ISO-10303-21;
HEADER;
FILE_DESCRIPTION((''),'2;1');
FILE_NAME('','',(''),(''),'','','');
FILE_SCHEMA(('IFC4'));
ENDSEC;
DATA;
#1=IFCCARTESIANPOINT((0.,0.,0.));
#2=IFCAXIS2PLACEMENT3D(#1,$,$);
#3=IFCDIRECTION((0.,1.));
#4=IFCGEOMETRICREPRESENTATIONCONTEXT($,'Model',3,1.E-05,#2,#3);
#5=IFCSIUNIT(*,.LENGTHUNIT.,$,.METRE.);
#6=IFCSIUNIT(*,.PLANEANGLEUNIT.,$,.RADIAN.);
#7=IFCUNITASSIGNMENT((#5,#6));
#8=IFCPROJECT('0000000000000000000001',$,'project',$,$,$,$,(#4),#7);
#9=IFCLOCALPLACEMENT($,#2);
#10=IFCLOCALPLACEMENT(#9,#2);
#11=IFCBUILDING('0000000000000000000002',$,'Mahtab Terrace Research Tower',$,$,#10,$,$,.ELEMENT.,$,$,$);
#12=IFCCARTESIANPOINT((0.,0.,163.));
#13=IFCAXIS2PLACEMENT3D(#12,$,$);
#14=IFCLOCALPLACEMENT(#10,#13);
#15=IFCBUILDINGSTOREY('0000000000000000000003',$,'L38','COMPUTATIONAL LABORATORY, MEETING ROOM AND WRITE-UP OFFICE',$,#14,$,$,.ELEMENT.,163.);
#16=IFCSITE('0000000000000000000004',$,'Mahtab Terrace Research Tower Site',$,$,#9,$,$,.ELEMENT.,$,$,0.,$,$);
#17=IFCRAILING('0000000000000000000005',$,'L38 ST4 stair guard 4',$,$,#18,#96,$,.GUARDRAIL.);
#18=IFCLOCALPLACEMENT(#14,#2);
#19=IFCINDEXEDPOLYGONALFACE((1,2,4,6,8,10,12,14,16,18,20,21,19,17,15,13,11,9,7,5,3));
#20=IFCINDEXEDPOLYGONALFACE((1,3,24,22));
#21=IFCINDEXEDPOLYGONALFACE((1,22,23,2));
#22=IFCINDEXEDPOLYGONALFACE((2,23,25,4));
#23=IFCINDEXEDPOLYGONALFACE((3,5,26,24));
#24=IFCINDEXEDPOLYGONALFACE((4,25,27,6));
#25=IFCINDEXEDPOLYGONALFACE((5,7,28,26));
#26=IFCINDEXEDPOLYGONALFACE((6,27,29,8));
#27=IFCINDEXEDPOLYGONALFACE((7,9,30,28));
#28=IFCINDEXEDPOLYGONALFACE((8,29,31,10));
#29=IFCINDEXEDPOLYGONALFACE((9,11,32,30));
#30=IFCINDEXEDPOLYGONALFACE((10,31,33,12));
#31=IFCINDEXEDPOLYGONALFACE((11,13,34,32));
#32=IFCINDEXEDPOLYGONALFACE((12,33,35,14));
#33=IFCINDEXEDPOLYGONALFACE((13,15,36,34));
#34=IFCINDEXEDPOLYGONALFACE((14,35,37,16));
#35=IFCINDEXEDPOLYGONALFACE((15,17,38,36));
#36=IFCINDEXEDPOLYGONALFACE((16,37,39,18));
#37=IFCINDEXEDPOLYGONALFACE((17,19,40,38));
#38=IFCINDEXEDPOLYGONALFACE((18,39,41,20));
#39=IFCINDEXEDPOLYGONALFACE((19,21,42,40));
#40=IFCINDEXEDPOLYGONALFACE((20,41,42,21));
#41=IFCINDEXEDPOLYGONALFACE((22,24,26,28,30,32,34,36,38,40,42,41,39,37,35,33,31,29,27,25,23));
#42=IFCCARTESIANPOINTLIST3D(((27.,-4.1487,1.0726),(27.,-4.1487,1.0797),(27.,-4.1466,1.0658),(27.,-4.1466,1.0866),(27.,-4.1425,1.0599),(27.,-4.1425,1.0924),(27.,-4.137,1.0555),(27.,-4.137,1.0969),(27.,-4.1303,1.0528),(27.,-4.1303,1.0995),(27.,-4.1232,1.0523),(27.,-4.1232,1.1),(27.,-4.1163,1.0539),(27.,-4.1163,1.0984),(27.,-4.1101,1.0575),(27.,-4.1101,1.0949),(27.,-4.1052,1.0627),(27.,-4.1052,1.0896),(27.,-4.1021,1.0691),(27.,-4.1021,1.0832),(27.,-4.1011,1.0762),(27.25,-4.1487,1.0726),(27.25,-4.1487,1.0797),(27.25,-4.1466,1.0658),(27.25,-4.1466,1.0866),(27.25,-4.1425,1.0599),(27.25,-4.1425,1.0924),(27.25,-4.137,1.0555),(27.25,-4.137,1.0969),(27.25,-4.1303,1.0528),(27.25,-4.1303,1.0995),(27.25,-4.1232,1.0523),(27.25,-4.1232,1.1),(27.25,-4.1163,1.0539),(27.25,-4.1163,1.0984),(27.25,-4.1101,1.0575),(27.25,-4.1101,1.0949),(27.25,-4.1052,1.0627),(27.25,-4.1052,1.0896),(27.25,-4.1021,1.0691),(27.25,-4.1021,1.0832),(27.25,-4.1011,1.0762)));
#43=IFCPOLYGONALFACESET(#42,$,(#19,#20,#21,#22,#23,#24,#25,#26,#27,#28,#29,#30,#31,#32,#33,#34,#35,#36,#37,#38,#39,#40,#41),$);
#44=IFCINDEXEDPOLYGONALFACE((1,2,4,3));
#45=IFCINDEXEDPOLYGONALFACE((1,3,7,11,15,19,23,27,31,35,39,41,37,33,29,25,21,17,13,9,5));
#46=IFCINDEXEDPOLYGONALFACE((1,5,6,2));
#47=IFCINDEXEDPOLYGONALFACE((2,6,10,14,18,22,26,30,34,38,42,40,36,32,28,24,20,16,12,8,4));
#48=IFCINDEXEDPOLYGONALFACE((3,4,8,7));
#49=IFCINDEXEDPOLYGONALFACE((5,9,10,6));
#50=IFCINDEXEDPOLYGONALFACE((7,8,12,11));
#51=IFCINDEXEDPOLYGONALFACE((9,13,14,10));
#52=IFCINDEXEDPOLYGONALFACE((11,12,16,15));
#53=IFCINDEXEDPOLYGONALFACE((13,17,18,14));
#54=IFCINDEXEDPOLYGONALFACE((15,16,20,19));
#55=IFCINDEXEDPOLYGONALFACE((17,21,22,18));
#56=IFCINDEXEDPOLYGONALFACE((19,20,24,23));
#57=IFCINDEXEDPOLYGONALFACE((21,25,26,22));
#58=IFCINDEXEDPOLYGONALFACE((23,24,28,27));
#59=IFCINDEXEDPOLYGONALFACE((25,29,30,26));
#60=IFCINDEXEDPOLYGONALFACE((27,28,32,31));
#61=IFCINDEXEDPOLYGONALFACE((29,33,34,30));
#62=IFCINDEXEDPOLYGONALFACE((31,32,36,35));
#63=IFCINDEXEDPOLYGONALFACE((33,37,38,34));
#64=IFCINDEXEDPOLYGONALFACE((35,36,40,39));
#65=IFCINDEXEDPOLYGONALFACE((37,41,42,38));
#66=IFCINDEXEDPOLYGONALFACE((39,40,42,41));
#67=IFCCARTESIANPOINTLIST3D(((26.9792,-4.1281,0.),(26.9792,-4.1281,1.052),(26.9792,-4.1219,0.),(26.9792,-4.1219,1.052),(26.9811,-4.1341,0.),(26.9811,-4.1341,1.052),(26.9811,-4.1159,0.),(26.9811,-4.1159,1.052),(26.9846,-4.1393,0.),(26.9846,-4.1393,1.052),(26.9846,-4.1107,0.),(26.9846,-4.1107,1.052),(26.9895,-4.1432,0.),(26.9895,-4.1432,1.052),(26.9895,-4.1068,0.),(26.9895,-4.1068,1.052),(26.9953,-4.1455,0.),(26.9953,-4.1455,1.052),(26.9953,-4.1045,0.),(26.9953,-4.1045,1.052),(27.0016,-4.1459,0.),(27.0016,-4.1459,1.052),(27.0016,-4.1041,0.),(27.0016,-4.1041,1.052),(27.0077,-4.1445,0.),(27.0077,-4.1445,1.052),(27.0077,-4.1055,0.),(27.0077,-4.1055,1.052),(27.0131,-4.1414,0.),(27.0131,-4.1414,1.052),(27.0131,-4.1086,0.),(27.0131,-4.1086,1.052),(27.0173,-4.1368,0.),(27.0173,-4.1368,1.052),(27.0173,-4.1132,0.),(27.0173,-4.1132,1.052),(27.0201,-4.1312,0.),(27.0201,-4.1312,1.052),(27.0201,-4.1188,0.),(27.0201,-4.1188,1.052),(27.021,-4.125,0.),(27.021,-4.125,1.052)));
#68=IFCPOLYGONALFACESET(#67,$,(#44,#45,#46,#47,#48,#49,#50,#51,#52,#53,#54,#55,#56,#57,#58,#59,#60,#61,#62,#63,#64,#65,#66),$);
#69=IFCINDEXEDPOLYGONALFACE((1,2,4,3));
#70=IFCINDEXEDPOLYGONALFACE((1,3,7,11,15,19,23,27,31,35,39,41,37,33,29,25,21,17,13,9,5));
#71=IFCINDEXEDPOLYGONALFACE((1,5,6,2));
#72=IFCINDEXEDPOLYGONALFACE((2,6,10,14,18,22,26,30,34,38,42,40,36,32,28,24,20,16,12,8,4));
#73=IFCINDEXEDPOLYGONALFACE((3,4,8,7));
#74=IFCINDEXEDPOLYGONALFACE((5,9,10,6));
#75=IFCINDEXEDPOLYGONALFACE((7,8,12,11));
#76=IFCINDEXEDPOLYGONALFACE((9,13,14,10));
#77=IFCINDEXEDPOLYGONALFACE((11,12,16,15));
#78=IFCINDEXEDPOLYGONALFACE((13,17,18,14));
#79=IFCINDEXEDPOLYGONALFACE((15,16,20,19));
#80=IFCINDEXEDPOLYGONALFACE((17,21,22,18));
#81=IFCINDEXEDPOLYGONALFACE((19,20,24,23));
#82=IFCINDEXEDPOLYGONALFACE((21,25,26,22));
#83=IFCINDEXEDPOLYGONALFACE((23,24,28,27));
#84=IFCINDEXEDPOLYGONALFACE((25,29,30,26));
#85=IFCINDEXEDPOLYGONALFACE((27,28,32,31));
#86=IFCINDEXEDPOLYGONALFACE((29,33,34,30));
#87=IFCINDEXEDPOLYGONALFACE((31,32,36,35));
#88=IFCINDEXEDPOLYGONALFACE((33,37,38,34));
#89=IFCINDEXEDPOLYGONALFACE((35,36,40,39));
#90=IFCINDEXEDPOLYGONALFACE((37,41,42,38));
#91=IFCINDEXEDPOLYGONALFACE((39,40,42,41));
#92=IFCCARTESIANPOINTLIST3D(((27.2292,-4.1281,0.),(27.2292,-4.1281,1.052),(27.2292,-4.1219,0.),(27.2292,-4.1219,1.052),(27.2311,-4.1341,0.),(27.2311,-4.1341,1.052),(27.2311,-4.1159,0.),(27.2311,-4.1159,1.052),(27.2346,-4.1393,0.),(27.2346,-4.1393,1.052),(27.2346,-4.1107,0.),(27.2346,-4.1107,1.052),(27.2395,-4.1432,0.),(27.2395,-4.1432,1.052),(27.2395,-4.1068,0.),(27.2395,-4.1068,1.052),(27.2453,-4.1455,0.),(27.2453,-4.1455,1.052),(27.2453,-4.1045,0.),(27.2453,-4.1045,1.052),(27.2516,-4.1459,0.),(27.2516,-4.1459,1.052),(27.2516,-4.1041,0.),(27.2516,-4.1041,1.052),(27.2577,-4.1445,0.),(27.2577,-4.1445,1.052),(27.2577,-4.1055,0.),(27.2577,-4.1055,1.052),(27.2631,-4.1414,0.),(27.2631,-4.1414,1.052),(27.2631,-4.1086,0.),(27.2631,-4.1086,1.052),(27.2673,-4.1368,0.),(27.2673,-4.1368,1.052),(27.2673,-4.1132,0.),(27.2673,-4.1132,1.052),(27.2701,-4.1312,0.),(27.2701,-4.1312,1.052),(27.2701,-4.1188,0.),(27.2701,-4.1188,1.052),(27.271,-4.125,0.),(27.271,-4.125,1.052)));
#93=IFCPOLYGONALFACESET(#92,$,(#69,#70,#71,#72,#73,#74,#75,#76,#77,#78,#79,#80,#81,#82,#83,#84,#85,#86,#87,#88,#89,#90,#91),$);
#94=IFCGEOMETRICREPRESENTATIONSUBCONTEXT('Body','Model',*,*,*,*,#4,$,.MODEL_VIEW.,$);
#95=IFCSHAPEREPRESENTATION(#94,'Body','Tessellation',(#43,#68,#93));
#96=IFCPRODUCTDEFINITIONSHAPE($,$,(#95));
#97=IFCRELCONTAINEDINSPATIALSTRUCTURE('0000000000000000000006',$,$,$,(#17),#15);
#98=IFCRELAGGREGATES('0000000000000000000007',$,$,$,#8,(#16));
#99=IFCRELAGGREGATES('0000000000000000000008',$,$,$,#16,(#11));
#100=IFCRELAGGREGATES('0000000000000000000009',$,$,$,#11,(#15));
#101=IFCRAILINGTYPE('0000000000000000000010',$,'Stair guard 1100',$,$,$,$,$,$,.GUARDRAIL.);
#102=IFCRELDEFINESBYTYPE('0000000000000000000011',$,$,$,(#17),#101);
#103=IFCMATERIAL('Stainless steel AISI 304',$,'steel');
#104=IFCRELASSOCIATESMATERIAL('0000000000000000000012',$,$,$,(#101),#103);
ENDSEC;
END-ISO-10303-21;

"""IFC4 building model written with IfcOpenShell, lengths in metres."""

from ifc_helpers import new_model, si_unit, direction, frame, origin, origin_2d, place, context, subcontext, project, spatial, circle, extrude, material, type_object, element, save


model = new_model("IFC4")

# Units and contexts
model_context = context("Model", 3, precision=1e-05, world=origin(), true_north=direction((0.0, 1.0)))
body_context = subcontext(model_context, "Body", "Model", "MODEL_VIEW")
ifc_project = project(units=[si_unit("LENGTHUNIT", "METRE"), si_unit("PLANEANGLEUNIT", "RADIAN")], contexts=[model_context])

# Site, building, storey
site_placement = place(None, origin())
site = spatial("IfcSite", under=ifc_project, at=site_placement, Name="Mahtab Terrace Research Tower Site", CompositionType="ELEMENT", RefElevation=0.0)
building_placement = place(site_placement, origin())
building = spatial("IfcBuilding", under=site, at=building_placement, Name="Mahtab Terrace Research Tower", CompositionType="ELEMENT")
storey_placement = place(building_placement, frame((0.0, 0.0, 163.0)))
storey = spatial("IfcBuildingStorey", under=building, at=storey_placement, Name="L38", Description="COMPUTATIONAL LABORATORY, MEETING ROOM AND WRITE-UP OFFICE", CompositionType="ELEMENT", Elevation=163.0)

# Railing
ifc_material_1 = material(Name="Stainless steel AISI 304", Category="steel")
railing_type_1 = type_object("IfcRailingType", Name="Stair guard 1100", PredefinedType="GUARDRAIL", material=ifc_material_1)
railing_1_placement = place(storey_placement, frame((27.0, -4.125, 0.0)))
element("IfcRailing", 1, at=railing_1_placement, inside=storey, type_object=railing_type_1, Name="L38 ST4 stair guard 4", PredefinedType="GUARDRAIL", context=body_context, shape_type="SweptSolid", body=[
    extrude(circle(Radius=0.0239, at=origin_2d()), frame((0.0, 0.0, 1.0762), z_axis=(1.0, 0.0, 0.0), x_axis=(0.0, 1.0, 0.0)), (0.0, 0.0, 1.0), 0.25),
    extrude(circle(Radius=0.021, at=origin_2d()), origin(), (0.0, 0.0, 1.0), 1.052),
    extrude(circle(Radius=0.021, at=origin_2d()), frame((0.25, 0.0, 0.0)), (0.0, 0.0, 1.0), 1.052),
])

save(model, "model.ifc")
